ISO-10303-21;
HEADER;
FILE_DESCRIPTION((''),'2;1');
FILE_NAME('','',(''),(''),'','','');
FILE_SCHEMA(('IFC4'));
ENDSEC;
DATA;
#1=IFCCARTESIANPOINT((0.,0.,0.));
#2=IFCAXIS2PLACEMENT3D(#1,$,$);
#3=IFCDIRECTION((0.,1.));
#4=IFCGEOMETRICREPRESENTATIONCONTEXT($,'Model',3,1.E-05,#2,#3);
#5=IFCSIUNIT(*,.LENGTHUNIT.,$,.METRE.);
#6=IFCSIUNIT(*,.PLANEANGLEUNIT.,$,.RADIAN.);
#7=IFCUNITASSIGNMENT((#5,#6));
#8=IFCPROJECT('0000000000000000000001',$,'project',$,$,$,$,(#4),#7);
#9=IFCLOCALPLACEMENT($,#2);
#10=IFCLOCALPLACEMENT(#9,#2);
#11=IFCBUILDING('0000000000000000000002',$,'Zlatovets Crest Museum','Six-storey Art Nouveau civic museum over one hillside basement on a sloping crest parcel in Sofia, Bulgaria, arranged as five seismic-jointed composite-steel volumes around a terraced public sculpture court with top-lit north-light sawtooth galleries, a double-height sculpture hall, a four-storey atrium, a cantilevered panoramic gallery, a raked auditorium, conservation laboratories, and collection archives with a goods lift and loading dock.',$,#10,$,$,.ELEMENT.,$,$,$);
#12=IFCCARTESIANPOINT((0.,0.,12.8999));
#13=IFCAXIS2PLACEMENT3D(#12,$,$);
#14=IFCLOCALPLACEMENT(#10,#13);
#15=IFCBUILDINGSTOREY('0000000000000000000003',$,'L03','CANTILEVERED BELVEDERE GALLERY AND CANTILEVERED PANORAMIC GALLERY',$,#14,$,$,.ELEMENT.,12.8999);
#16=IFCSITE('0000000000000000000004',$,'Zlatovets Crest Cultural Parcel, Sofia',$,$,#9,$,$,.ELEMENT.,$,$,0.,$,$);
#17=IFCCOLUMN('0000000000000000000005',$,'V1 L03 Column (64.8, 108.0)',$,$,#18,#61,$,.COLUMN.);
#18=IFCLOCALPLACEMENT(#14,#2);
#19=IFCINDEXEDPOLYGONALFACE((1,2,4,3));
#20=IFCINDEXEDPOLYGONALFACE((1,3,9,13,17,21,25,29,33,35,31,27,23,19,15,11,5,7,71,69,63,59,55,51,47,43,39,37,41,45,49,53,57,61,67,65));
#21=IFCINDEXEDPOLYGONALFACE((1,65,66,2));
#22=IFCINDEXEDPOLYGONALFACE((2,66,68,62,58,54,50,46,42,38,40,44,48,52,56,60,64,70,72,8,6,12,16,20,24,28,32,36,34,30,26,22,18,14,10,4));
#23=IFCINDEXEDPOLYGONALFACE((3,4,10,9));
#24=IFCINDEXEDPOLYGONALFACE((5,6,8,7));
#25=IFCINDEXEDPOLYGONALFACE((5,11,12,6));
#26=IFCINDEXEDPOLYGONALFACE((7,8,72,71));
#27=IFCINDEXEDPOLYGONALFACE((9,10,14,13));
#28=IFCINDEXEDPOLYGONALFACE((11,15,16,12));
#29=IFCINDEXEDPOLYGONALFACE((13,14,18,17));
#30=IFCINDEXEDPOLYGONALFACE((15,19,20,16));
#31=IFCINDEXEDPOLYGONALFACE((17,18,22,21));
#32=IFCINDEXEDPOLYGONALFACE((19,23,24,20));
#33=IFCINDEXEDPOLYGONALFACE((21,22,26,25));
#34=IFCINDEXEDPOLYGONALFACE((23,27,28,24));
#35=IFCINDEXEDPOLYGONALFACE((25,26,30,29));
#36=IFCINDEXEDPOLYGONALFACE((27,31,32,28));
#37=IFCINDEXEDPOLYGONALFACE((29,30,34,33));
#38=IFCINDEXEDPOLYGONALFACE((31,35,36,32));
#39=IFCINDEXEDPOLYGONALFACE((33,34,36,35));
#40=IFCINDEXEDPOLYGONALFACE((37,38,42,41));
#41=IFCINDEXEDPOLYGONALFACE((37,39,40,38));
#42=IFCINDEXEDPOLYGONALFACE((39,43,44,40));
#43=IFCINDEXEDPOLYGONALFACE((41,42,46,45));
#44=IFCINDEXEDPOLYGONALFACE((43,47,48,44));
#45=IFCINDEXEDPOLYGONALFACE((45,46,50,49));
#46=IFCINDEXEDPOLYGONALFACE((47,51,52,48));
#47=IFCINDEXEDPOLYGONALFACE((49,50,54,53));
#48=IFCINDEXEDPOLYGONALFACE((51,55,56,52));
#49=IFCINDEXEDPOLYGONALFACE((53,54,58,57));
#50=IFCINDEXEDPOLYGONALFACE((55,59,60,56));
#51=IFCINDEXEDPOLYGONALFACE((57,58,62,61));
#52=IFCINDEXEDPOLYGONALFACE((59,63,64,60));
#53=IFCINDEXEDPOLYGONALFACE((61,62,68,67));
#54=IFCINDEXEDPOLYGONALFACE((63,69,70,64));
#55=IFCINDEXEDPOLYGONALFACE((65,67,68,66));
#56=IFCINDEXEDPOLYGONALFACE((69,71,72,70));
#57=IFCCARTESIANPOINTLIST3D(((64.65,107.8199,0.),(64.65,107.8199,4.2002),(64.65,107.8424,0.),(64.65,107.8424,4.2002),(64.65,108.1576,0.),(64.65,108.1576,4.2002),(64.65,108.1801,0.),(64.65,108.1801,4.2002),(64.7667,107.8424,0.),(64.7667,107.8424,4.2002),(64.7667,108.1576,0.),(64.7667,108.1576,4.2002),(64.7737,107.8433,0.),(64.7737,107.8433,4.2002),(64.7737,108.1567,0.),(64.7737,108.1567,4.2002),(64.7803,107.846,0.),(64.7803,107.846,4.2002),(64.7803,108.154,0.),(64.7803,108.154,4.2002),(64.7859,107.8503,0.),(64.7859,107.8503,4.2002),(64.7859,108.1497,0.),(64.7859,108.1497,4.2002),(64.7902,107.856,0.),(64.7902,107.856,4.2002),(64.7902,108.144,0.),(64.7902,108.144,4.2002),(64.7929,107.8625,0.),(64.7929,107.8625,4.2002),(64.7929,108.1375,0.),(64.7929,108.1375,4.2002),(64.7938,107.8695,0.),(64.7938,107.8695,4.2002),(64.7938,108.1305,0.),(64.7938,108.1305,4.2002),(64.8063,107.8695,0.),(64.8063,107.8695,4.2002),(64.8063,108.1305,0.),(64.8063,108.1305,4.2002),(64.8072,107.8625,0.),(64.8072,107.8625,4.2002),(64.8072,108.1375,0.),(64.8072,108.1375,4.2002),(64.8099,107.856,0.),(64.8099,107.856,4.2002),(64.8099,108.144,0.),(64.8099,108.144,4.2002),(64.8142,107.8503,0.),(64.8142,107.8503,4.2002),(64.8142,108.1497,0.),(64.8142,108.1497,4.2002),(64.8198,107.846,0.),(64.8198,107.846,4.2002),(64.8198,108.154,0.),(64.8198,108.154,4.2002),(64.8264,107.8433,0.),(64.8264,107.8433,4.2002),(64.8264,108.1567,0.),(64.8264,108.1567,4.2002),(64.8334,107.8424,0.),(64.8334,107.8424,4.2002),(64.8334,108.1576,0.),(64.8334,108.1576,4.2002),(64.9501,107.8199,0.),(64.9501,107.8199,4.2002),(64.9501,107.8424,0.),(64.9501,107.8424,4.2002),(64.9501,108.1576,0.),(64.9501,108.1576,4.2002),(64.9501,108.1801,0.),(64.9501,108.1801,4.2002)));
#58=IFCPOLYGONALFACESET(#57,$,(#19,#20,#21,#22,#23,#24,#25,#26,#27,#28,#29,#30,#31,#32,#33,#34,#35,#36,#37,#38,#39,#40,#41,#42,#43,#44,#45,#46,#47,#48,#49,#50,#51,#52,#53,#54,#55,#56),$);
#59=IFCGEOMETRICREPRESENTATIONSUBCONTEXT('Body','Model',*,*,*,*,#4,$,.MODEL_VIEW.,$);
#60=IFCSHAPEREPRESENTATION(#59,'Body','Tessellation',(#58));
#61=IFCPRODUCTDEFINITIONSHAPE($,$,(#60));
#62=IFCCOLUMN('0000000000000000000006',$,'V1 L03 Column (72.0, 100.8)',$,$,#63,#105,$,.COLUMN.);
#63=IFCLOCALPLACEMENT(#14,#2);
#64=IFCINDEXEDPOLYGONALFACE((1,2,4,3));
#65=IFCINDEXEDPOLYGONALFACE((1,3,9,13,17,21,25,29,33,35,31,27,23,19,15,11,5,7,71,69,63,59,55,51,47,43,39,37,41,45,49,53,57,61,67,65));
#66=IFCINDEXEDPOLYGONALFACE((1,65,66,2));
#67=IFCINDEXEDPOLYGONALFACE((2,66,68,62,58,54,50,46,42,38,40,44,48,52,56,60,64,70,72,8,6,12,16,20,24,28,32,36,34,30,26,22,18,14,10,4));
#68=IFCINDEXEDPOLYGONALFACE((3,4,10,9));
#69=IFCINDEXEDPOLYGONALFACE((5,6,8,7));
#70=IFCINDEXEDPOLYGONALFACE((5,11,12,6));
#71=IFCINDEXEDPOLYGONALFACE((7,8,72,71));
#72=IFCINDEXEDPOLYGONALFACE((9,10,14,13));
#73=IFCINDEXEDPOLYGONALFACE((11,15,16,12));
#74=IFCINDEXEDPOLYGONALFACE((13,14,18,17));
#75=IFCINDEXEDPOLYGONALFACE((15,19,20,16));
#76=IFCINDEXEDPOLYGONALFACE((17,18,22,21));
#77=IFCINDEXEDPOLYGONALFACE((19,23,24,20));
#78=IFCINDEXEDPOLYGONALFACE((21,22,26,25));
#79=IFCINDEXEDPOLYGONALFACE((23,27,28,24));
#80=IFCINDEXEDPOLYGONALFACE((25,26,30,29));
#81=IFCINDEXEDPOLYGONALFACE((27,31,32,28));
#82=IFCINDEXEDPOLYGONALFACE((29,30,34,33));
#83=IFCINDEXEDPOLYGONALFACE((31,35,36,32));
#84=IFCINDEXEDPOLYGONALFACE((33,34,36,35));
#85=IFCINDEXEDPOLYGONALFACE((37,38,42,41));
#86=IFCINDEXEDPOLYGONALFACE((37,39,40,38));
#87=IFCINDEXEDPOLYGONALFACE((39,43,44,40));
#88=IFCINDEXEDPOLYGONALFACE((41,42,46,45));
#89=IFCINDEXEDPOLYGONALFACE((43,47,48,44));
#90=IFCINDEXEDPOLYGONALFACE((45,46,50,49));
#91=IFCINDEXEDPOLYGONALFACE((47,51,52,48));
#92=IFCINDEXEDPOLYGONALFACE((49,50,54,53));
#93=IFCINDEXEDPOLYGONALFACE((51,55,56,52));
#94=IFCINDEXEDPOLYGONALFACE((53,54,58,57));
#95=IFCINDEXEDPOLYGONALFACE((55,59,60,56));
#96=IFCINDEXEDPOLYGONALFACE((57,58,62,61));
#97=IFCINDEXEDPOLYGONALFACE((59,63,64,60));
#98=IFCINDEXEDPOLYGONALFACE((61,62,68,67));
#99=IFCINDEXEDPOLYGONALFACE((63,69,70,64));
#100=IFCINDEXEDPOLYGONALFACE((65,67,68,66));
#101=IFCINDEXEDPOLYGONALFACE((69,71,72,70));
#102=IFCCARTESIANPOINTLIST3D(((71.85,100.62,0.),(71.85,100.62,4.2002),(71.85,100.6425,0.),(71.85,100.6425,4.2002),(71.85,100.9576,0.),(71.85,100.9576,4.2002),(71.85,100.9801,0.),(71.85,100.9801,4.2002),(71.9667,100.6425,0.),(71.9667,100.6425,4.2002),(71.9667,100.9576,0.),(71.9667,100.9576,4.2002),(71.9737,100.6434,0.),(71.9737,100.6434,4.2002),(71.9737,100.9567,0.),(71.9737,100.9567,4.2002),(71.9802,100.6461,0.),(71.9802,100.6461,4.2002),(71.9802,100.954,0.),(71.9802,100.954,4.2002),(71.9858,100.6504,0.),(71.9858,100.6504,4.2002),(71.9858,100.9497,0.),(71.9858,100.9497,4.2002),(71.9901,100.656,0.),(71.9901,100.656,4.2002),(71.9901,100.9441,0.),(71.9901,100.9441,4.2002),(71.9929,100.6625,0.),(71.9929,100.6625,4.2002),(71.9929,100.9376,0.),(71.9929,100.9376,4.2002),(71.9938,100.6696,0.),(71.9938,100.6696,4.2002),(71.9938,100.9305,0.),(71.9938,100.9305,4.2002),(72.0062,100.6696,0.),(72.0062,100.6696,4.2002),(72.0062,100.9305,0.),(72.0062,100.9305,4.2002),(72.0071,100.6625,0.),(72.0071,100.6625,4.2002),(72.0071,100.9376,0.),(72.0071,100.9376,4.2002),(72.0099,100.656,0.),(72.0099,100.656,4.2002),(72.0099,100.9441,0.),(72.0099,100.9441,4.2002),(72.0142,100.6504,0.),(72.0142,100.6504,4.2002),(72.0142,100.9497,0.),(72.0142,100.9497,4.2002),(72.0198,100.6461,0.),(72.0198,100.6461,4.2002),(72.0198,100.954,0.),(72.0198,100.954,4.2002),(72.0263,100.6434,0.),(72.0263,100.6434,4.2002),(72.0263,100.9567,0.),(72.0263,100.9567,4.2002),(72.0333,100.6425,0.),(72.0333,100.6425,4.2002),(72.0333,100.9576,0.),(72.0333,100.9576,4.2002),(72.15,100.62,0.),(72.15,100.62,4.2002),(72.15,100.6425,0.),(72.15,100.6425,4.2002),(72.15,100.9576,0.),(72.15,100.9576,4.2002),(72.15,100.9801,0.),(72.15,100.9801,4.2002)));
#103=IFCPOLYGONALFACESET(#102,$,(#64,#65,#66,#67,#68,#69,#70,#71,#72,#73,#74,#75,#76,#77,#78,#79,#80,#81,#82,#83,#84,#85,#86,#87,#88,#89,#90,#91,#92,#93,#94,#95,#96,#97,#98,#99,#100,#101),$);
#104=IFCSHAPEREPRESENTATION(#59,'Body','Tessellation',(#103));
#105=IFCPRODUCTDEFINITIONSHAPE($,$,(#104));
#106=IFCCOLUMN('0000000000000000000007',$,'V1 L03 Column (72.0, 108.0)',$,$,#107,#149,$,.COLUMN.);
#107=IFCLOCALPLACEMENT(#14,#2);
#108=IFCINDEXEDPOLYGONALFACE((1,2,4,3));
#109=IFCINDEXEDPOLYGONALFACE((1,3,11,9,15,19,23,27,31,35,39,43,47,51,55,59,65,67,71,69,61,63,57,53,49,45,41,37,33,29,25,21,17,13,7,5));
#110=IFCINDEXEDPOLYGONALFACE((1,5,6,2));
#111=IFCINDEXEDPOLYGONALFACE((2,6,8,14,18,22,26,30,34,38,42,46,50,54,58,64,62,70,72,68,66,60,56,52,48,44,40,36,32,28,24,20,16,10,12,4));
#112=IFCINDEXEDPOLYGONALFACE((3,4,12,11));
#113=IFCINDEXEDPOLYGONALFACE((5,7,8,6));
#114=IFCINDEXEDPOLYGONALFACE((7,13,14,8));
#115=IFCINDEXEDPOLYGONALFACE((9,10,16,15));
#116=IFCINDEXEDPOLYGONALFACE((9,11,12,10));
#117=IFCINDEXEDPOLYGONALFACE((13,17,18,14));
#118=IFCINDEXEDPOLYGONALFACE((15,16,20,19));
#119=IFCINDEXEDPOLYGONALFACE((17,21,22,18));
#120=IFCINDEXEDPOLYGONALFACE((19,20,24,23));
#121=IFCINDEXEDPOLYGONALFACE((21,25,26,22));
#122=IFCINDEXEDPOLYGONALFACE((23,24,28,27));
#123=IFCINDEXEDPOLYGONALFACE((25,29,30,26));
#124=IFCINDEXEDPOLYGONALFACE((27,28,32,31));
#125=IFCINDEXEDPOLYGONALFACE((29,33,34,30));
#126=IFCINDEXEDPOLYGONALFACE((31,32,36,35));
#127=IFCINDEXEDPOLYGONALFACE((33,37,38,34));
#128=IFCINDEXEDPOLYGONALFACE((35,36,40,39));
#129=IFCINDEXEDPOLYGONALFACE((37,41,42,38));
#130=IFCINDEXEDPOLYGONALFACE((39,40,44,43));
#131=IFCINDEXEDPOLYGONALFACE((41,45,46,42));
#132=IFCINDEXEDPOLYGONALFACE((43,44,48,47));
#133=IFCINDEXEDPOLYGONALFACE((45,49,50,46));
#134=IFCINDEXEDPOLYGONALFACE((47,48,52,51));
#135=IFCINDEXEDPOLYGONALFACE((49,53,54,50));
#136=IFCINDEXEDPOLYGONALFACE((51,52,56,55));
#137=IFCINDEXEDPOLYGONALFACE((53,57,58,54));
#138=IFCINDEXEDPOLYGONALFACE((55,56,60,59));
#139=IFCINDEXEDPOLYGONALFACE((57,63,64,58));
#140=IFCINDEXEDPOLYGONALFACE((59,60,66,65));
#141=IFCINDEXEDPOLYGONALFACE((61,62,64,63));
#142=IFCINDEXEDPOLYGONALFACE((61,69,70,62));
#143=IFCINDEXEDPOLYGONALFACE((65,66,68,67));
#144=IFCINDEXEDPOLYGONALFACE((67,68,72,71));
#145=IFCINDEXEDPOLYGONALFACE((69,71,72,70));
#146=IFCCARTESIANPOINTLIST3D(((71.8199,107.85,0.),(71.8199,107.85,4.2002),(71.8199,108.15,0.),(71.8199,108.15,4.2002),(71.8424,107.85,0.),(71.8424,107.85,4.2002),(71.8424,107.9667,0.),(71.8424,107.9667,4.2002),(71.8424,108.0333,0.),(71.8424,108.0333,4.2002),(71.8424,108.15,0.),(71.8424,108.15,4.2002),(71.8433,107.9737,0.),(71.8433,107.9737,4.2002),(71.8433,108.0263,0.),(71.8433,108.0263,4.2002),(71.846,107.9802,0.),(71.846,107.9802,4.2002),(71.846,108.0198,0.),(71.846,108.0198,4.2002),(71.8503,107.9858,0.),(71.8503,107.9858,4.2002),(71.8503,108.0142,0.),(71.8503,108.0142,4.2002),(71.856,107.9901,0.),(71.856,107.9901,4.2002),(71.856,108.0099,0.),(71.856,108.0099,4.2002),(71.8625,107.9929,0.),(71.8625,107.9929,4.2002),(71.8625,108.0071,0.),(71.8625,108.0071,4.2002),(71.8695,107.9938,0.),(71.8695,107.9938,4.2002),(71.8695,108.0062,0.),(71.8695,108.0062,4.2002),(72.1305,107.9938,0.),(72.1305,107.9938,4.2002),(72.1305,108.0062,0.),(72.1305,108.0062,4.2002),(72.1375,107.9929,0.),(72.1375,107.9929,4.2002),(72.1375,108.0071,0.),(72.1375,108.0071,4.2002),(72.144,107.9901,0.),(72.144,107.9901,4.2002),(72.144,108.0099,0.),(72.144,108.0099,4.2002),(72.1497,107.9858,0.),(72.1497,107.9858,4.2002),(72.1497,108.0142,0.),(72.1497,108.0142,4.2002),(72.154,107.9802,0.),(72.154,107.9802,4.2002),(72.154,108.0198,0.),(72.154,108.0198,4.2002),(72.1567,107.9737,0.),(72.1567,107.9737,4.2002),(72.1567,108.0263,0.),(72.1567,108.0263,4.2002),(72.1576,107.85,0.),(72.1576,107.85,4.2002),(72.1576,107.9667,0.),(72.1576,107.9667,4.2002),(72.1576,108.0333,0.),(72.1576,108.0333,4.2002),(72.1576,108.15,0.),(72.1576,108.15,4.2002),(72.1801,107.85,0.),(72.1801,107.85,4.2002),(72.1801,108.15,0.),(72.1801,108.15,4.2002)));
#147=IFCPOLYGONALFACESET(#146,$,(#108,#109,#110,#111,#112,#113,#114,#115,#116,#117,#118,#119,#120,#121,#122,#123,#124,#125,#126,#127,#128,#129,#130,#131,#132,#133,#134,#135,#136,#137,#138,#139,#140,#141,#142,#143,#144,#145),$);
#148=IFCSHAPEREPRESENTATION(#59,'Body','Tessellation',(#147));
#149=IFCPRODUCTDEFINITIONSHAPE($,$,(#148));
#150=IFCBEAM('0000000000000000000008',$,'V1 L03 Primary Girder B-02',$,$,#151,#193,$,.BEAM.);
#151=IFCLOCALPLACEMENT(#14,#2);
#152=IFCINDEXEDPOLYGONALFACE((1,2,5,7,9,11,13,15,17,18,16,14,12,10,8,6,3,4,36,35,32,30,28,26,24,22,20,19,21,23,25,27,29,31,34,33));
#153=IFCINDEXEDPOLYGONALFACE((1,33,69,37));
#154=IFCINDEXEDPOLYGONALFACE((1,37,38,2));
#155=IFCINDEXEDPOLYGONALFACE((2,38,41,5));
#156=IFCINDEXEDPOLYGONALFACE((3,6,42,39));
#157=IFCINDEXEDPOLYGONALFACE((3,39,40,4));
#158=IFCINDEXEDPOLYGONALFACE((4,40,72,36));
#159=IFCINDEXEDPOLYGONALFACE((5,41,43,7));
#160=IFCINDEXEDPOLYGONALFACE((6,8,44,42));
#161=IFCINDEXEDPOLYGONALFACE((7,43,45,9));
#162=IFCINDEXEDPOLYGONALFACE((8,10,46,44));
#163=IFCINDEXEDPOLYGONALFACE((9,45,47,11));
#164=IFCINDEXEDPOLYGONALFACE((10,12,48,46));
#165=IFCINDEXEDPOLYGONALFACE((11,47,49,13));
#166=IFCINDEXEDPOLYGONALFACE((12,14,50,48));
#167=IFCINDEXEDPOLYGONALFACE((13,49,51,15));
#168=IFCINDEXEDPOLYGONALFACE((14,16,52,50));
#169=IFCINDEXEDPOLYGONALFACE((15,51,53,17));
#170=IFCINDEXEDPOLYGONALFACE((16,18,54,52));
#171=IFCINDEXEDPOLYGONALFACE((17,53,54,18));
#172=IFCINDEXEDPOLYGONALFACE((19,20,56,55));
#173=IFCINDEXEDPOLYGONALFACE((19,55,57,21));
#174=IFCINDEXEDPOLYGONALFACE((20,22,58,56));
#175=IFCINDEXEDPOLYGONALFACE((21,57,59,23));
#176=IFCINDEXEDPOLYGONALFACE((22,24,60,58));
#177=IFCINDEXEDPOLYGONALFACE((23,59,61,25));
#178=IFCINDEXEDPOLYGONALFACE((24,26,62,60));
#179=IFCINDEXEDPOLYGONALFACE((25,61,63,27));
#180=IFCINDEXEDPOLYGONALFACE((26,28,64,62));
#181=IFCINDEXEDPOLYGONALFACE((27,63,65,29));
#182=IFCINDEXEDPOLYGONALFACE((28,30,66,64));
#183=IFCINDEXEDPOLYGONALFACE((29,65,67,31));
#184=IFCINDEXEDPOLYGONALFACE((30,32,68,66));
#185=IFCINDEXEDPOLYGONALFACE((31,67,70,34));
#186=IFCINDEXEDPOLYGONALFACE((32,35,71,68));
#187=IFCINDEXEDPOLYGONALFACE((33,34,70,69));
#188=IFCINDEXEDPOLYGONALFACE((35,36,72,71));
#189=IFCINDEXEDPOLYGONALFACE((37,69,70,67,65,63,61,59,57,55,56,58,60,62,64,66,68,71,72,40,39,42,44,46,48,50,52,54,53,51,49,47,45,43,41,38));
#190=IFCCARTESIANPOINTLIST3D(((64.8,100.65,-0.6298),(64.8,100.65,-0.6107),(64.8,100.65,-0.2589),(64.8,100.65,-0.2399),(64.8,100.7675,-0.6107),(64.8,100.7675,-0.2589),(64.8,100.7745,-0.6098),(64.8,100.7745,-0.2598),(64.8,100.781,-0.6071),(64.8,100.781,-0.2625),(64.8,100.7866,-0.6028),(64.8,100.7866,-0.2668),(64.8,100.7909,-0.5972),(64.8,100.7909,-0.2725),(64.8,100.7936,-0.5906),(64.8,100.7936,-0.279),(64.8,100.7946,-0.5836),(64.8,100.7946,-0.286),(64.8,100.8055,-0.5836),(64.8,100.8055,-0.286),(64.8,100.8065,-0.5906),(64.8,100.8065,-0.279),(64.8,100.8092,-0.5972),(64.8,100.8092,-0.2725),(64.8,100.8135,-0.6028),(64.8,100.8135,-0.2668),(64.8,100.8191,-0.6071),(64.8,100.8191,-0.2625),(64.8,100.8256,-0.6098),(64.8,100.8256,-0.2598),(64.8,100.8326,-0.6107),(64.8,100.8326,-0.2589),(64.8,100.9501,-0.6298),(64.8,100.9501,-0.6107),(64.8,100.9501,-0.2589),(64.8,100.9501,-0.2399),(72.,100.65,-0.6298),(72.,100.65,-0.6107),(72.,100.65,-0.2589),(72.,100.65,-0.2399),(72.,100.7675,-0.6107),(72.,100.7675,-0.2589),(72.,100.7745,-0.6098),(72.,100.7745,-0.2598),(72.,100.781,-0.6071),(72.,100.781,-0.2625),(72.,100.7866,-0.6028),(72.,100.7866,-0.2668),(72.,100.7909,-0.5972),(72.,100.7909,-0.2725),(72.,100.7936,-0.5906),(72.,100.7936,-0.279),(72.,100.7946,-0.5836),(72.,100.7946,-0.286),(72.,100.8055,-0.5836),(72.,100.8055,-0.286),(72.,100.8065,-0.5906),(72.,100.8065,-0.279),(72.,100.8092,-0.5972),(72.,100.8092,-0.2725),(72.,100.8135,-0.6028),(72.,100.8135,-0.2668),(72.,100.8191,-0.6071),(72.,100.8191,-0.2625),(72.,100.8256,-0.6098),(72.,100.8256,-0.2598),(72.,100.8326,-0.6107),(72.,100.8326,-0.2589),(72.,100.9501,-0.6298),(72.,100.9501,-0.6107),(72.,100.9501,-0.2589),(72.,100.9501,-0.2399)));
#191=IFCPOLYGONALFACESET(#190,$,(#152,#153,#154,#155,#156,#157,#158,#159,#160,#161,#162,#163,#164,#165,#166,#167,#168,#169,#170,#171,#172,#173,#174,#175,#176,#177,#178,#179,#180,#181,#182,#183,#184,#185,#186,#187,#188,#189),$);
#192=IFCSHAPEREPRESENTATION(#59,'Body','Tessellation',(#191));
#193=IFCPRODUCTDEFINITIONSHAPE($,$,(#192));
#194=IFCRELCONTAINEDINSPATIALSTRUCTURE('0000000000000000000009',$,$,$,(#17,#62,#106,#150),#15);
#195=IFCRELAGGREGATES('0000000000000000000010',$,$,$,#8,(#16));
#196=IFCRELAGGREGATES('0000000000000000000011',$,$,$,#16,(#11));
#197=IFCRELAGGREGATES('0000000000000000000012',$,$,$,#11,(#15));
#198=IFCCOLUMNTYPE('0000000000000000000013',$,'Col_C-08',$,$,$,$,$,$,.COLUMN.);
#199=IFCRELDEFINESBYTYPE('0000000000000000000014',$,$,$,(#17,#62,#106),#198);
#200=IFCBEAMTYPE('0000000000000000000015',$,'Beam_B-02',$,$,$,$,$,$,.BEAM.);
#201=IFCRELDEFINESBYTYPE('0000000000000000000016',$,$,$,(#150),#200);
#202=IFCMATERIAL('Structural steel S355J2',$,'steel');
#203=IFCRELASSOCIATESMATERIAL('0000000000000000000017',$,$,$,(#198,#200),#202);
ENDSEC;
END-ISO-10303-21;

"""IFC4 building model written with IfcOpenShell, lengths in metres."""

from ifc_helpers import new_model, si_unit, direction, frame, origin, origin_2d, place, context, subcontext, project, spatial, i_section, extrude, material, material_profile, profile_set, type_object, element, save


model = new_model("IFC4")

# Units and contexts
model_context = context("Model", 3, precision=1e-05, world=origin(), true_north=direction((0.0, 1.0)))
body_context = subcontext(model_context, "Body", "Model", "MODEL_VIEW")
ifc_project = project(units=[si_unit("LENGTHUNIT", "METRE"), si_unit("PLANEANGLEUNIT", "RADIAN")], contexts=[model_context])

# Site, building, storey
site_placement = place(None, origin())
site = spatial("IfcSite", under=ifc_project, at=site_placement, Name="Zlatovets Crest Cultural Parcel, Sofia", CompositionType="ELEMENT", RefElevation=0.0)
building_placement = place(site_placement, origin())
building = spatial("IfcBuilding", under=site, at=building_placement, Name="Zlatovets Crest Museum", Description="Six-storey Art Nouveau civic museum over one hillside basement on a sloping crest parcel in Sofia, Bulgaria, arranged as five seismic-jointed composite-steel volumes around a terraced public sculpture court with top-lit north-light sawtooth galleries, a double-height sculpture hall, a four-storey atrium, a cantilevered panoramic gallery, a raked auditorium, conservation laboratories, and collection archives with a goods lift and loading dock.", CompositionType="ELEMENT")
storey_placement = place(building_placement, frame((0.0, 0.0, 12.8999)))
storey = spatial("IfcBuildingStorey", under=building, at=storey_placement, Name="L03", Description="CANTILEVERED BELVEDERE GALLERY AND CANTILEVERED PANORAMIC GALLERY", CompositionType="ELEMENT", Elevation=12.8999)

# Columns
ifc_material_1 = material(Name="Structural steel S355J2", Category="steel")
ifc_material_profile_1 = material_profile(ifc_material_1, i_section(OverallWidth=0.3, OverallDepth=0.3601, WebThickness=0.0125, FlangeThickness=0.0225, FilletRadius=0.0271, at=origin_2d()), Name="HEB 360")
ifc_profile_set_1 = profile_set([ifc_material_profile_1], Name="Structural steel S355J2")
column_type = type_object("IfcColumnType", Name="Col_C-08", PredefinedType="COLUMN", material=ifc_profile_set_1)
for number, where, z_axis, x_axis, name in (
    (1, (64.8, 108.0, 0.0), (0.0, 0.0, 1.0), (1.0, 0.0, 0.0), "V1 L03 Column (64.8, 108.0)"),
    (2, (72.0, 100.8, 0.0), (0.0, 0.0, 1.0), (1.0, 0.0, 0.0), "V1 L03 Column (72.0, 100.8)"),
    (3, (72.0, 108.0, 0.0), (0.0, 0.0, 1.0), (0.0, 1.0, 0.0), "V1 L03 Column (72.0, 108.0)"),
):
    element("IfcColumn", number, at=place(storey_placement, frame(where, z_axis=z_axis, x_axis=x_axis)), inside=storey, type_object=column_type, Name=name, PredefinedType="COLUMN", context=body_context, shape_type="SweptSolid", body=[
        extrude(i_section(OverallWidth=0.3, OverallDepth=0.3601, WebThickness=0.0125, FlangeThickness=0.0225, FilletRadius=0.0271, at=origin_2d()), origin(), (0.0, 0.0, 1.0), 4.2002),
    ])

# Beam
ifc_material_profile_2 = material_profile(ifc_material_1, i_section(OverallWidth=0.3, OverallDepth=0.3899, WebThickness=0.011, FlangeThickness=0.019, FilletRadius=0.0271, at=origin_2d()), Name="HEA 400")
ifc_profile_set_2 = profile_set([ifc_material_profile_2], Name="Structural steel S355J2")
beam_type_1 = type_object("IfcBeamType", Name="Beam_B-02", PredefinedType="BEAM", material=ifc_profile_set_2)
for number, where, z_axis, x_axis, name in (
    (4, (64.8, 100.8, -0.4348), (1.0, 0.0, 0.0), (0.0, 1.0, 0.0), "V1 L03 Primary Girder B-02"),
):
    element("IfcBeam", number, at=place(storey_placement, frame(where, z_axis=z_axis, x_axis=x_axis)), inside=storey, type_object=beam_type_1, Name=name, PredefinedType="BEAM", context=body_context, shape_type="SweptSolid", body=[
        extrude(i_section(OverallWidth=0.3, OverallDepth=0.3899, WebThickness=0.011, FlangeThickness=0.019, FilletRadius=0.0271, at=origin_2d()), origin(), (0.0, 0.0, 1.0), 7.2),
    ])

save(model, "model.ifc")
